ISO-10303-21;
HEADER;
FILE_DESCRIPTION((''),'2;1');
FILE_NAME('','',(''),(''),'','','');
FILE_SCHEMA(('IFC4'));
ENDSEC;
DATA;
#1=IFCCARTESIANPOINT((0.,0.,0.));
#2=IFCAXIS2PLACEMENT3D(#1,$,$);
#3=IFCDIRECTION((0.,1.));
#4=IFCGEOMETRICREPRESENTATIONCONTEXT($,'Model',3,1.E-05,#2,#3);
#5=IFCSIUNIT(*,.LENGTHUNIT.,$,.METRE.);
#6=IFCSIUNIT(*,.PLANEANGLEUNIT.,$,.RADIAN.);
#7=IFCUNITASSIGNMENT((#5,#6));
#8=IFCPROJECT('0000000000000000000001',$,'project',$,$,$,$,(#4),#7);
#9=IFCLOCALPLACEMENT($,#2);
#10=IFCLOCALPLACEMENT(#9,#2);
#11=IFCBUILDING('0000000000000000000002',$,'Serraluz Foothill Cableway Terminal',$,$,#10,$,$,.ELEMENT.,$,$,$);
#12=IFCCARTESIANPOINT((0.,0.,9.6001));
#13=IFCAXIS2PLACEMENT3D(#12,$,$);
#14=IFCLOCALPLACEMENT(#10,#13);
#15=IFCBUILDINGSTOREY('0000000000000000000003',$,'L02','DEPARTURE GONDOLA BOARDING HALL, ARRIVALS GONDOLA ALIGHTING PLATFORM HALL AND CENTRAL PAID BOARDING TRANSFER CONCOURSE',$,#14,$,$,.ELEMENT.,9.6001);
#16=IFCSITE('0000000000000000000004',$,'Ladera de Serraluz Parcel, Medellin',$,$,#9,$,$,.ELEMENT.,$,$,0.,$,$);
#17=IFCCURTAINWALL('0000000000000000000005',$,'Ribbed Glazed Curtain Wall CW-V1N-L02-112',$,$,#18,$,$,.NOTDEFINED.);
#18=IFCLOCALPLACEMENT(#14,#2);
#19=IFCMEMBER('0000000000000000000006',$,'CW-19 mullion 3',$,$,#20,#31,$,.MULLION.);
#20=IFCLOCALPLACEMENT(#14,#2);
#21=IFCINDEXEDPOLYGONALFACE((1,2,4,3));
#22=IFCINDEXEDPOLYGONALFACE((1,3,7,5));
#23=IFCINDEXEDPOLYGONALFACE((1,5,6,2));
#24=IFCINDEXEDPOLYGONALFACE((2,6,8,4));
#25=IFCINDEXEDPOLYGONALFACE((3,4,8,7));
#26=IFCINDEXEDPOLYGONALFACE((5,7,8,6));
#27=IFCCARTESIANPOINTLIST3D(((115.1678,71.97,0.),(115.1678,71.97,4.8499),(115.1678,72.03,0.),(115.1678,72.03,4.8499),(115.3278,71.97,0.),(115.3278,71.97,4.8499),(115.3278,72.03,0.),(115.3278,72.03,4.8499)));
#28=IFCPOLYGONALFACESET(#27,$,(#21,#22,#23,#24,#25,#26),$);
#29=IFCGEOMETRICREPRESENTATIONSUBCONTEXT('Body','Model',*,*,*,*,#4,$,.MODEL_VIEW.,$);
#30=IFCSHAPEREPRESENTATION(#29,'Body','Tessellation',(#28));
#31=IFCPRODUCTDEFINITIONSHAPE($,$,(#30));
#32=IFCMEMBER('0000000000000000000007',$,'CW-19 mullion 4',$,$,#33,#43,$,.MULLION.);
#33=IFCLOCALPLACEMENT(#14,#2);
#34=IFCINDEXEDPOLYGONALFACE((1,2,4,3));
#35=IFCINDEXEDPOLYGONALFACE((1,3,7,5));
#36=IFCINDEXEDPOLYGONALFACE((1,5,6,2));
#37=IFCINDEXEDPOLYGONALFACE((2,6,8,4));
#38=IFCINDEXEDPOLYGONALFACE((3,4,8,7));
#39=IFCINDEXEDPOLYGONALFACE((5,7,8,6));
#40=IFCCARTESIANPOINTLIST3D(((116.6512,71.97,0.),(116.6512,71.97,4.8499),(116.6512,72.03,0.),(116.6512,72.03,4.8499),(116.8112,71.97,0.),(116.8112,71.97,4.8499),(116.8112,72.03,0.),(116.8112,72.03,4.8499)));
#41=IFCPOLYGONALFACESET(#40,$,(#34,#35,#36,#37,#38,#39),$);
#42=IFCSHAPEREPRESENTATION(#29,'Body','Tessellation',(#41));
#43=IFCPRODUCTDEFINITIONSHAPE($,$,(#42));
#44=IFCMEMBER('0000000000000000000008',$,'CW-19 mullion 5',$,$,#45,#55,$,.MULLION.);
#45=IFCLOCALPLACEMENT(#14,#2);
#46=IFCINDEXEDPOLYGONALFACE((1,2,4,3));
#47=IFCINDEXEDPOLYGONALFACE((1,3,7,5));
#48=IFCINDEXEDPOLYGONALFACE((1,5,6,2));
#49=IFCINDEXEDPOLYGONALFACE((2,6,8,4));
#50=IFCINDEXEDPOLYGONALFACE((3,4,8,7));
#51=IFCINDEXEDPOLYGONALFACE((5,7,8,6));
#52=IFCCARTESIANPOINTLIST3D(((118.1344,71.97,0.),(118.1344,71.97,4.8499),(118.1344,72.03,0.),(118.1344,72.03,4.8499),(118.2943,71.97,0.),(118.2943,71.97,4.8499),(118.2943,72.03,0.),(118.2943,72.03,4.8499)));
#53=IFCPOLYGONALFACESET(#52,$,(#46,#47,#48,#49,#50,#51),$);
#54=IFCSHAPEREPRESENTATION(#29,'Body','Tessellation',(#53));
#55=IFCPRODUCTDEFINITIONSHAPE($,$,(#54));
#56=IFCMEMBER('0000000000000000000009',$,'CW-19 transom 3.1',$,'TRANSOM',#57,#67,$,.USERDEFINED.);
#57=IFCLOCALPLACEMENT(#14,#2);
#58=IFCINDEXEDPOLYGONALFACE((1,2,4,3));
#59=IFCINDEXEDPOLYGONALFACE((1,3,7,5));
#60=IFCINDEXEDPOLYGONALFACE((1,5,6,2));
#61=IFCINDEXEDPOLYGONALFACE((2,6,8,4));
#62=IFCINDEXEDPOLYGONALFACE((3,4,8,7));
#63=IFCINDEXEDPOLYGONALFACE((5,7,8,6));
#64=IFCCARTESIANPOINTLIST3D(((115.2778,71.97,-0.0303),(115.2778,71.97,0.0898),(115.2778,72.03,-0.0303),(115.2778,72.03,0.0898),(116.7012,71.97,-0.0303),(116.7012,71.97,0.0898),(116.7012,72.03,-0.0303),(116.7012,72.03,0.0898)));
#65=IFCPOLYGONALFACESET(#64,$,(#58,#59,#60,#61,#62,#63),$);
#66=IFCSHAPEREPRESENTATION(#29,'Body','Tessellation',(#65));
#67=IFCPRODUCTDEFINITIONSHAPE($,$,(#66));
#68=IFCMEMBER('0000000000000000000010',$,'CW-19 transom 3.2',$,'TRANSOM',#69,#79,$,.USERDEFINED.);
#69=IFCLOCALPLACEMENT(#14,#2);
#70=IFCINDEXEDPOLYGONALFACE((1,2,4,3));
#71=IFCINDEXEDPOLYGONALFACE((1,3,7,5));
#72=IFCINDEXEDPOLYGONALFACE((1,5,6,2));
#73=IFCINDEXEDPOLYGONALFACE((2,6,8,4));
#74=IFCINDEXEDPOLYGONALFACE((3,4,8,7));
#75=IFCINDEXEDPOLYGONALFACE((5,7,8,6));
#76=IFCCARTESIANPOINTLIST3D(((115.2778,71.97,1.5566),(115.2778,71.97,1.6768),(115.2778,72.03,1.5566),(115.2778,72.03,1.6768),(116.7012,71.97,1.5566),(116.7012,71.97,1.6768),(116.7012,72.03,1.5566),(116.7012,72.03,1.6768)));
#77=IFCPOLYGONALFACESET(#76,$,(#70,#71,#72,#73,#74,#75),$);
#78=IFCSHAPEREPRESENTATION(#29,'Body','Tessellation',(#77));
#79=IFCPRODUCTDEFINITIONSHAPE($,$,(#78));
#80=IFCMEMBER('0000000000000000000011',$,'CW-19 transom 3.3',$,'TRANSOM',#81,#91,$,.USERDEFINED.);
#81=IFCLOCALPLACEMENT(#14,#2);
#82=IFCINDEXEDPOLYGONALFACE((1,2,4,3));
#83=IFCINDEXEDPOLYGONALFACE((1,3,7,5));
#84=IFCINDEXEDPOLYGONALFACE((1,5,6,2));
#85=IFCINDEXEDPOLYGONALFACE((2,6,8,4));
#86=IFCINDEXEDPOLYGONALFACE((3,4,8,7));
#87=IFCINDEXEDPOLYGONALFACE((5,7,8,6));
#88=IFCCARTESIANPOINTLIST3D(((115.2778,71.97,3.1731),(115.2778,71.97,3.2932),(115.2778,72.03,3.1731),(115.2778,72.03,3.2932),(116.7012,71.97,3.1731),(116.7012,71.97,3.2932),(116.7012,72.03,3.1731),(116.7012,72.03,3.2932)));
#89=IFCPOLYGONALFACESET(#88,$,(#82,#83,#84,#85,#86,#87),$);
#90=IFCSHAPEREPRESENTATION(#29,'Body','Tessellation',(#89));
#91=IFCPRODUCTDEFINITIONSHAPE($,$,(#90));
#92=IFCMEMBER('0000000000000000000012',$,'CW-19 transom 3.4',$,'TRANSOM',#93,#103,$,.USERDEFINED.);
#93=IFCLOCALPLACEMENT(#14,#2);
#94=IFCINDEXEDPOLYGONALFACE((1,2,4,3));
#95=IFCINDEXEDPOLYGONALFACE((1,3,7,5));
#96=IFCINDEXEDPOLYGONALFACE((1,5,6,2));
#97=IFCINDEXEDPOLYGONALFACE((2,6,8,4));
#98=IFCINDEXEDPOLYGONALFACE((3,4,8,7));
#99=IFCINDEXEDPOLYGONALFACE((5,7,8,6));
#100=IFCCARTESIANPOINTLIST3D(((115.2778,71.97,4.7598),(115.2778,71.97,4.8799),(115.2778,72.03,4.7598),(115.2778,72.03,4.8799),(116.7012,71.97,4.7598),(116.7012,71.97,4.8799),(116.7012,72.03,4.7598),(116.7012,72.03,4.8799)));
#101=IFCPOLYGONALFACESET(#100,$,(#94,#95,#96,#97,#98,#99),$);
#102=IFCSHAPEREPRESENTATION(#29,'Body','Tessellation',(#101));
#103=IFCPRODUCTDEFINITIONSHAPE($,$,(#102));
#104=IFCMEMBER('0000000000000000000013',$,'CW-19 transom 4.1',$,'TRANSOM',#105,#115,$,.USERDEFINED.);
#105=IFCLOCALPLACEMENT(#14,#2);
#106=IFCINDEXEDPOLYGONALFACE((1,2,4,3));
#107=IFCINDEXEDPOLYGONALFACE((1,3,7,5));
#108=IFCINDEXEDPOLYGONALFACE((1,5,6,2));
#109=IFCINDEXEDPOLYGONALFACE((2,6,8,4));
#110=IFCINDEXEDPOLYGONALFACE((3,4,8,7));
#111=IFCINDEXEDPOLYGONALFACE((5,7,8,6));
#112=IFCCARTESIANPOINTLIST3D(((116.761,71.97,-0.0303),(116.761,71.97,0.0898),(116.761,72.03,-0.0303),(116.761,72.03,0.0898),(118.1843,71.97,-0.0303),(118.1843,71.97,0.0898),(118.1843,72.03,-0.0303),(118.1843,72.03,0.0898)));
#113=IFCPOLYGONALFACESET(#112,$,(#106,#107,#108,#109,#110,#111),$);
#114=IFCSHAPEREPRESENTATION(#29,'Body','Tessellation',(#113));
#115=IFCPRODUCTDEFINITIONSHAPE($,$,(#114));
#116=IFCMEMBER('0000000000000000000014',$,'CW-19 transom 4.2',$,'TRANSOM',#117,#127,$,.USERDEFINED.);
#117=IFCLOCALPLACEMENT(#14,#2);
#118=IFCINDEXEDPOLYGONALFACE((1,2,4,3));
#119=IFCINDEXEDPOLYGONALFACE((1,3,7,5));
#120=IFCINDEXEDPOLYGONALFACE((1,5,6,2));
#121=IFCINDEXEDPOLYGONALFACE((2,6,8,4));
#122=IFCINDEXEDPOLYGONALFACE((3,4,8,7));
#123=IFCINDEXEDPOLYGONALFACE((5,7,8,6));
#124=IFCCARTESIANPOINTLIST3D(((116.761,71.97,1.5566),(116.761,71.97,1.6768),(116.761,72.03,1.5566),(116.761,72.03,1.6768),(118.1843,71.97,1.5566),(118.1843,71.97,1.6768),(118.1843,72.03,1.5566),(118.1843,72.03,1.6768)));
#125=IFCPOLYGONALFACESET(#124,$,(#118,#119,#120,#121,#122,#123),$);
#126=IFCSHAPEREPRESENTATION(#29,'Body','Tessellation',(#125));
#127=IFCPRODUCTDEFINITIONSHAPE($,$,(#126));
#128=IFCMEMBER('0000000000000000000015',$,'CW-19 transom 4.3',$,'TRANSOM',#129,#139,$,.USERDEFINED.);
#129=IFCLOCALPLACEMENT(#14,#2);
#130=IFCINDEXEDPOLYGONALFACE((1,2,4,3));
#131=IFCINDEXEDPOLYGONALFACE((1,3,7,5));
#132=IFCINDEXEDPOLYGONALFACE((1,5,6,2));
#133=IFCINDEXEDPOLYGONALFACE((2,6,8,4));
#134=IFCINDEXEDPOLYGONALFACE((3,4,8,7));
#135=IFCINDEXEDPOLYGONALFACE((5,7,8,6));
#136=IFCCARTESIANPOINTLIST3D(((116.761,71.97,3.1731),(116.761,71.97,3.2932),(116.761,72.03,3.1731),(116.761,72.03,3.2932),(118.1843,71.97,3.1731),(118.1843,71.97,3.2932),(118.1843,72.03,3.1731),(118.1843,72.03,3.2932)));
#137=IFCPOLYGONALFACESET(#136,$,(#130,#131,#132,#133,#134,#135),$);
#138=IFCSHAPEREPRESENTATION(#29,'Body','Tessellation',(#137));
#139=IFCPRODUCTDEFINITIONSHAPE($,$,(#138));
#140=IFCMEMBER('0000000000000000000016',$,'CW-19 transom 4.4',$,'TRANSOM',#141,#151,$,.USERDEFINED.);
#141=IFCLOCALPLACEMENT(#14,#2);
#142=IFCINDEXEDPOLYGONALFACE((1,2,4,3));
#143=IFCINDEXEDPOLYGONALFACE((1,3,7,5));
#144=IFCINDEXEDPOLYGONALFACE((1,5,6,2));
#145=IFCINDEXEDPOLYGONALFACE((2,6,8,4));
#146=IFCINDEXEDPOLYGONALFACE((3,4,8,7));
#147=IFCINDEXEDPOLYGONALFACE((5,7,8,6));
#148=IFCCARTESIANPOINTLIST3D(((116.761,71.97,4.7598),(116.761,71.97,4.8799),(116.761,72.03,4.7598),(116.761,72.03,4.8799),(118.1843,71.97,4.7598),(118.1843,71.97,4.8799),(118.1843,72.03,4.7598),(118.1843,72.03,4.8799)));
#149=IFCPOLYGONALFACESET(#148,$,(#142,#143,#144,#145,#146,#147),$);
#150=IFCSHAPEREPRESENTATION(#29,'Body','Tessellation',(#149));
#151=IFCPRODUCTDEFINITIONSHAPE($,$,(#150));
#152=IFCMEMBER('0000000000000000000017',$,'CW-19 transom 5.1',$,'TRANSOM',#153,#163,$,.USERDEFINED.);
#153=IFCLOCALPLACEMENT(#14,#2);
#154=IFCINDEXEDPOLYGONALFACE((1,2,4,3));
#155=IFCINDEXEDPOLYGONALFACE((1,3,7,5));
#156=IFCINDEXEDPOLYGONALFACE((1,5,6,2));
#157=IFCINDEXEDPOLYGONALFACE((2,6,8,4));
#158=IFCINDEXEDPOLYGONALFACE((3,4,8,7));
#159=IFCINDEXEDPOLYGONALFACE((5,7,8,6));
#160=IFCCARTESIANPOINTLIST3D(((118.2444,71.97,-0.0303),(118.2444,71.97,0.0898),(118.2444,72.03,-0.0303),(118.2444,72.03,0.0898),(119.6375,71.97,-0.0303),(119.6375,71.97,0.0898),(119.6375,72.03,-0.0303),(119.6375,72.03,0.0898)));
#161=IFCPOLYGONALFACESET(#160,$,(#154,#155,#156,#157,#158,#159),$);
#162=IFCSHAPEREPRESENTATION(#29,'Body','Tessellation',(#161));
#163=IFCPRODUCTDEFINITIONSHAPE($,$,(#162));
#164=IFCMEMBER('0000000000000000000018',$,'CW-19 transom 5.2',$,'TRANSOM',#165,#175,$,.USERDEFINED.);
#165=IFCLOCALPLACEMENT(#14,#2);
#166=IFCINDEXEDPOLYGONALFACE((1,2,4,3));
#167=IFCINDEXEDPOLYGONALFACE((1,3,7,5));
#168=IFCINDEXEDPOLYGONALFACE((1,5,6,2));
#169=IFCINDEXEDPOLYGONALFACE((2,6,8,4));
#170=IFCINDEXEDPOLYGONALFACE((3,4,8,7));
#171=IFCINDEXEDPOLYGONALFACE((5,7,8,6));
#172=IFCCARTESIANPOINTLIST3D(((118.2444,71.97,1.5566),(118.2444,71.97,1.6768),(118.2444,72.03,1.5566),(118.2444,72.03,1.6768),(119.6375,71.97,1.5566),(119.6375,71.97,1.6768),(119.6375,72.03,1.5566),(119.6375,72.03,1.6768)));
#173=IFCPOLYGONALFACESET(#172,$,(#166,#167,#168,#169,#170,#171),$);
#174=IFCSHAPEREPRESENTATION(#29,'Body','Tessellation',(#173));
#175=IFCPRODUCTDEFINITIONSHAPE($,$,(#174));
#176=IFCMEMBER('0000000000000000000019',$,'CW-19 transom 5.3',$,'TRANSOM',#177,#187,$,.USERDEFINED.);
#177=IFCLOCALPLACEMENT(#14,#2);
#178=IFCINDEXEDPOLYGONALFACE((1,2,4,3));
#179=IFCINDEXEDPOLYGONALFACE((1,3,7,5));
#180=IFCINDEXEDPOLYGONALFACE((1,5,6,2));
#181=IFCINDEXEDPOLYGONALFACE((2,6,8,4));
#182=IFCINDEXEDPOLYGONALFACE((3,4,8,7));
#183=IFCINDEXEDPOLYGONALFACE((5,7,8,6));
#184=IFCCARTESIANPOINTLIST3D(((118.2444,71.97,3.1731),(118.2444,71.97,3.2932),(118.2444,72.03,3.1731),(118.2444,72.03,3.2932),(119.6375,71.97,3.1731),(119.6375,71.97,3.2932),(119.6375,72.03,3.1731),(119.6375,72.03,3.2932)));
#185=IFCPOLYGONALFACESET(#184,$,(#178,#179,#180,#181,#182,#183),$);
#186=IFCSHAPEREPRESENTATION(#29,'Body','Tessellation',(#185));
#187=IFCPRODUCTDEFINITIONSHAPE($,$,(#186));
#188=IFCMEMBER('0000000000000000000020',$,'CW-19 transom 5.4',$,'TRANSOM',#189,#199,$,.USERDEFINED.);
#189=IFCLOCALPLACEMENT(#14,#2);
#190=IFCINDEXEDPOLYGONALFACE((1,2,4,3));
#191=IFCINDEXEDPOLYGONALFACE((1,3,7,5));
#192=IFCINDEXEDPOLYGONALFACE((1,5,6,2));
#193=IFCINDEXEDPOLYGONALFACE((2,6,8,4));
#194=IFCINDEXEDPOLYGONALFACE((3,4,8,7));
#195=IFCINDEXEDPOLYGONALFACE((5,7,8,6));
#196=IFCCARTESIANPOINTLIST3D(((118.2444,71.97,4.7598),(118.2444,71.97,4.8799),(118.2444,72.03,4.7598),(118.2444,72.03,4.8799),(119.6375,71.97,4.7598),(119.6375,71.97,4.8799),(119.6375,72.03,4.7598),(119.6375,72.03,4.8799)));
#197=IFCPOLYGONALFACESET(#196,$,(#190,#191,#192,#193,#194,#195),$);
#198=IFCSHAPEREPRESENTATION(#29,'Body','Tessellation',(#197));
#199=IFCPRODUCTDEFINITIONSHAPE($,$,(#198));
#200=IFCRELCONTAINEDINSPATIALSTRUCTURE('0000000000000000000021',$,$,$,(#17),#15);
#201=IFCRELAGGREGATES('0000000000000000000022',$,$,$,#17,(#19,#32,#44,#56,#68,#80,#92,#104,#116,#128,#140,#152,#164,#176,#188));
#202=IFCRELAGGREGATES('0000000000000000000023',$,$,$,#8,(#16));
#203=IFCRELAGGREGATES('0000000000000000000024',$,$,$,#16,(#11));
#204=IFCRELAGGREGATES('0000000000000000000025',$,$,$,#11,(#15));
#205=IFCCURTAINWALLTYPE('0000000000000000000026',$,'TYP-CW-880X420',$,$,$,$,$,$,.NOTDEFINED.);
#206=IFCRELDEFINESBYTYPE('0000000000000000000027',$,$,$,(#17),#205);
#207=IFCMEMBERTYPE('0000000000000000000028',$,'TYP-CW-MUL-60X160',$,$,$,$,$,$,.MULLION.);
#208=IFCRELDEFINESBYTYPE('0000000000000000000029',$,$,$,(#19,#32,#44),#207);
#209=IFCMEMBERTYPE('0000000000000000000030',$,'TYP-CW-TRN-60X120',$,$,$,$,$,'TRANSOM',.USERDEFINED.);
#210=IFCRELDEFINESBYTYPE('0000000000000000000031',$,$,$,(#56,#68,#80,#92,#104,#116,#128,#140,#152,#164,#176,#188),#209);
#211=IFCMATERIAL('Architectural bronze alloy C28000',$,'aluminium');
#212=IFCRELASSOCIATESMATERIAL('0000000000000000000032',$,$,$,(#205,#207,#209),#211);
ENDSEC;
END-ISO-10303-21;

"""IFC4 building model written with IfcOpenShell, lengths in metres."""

from ifc_helpers import new_model, si_unit, direction, frame, origin, origin_2d, place, context, subcontext, project, spatial, rectangle, extrude, material, material_profile, profile_set, type_object, element, aggregate, save


model = new_model("IFC4")

# Units and contexts
model_context = context("Model", 3, precision=1e-05, world=origin(), true_north=direction((0.0, 1.0)))
body_context = subcontext(model_context, "Body", "Model", "MODEL_VIEW")
ifc_project = project(units=[si_unit("LENGTHUNIT", "METRE"), si_unit("PLANEANGLEUNIT", "RADIAN")], contexts=[model_context])

# Site, building, storey
site_placement = place(None, origin())
site = spatial("IfcSite", under=ifc_project, at=site_placement, Name="Ladera de Serraluz Parcel, Medellin", CompositionType="ELEMENT", RefElevation=0.0)
building_placement = place(site_placement, origin())
building = spatial("IfcBuilding", under=site, at=building_placement, Name="Serraluz Foothill Cableway Terminal", CompositionType="ELEMENT")
storey_placement = place(building_placement, frame((0.0, 0.0, 9.6001)))
storey = spatial("IfcBuildingStorey", under=building, at=storey_placement, Name="L02", Description="DEPARTURE GONDOLA BOARDING HALL, ARRIVALS GONDOLA ALIGHTING PLATFORM HALL AND CENTRAL PAID BOARDING TRANSFER CONCOURSE", CompositionType="ELEMENT", Elevation=9.6001)

# Curtain wall, members
ifc_material_1 = material(Name="Architectural bronze alloy C28000", Category="aluminium")
curtain_wall_type = type_object("IfcCurtainWallType", Name="TYP-CW-880X420", PredefinedType="NOTDEFINED", material=ifc_material_1)
curtain_wall_placement = place(storey_placement, origin())
curtain_wall = element("IfcCurtainWall", 1, at=curtain_wall_placement, inside=storey, type_object=curtain_wall_type, Name="Ribbed Glazed Curtain Wall CW-V1N-L02-112", PredefinedType="NOTDEFINED")
ifc_material_profile_1 = material_profile(ifc_material_1, rectangle(XDim=0.0601, YDim=0.1599, at=origin_2d()), Name="ALU MULLION 60x160")
ifc_profile_set_1 = profile_set([ifc_material_profile_1], Name="Architectural bronze alloy C28000")
member_type_1 = type_object("IfcMemberType", Name="TYP-CW-MUL-60X160", PredefinedType="MULLION", material=ifc_profile_set_1)
member_1_placement = place(storey_placement, frame((115.2478, 72.0, 0.0), z_axis=(0.0, 0.0, 1.0), x_axis=(0.0, 1.0, 0.0)))
member_1 = element("IfcMember", 2, at=member_1_placement, type_object=member_type_1, Name="CW-19 mullion 3", PredefinedType="MULLION", context=body_context, shape_type="SweptSolid", body=[
    extrude(rectangle(XDim=0.0601, YDim=0.1599, at=origin_2d()), origin(), (0.0, 0.0, 1.0), 4.8499),
])
member_2_placement = place(storey_placement, frame((116.7312, 72.0, 0.0), z_axis=(0.0, 0.0, 1.0), x_axis=(0.0, 1.0, 0.0)))
member_2 = element("IfcMember", 3, at=member_2_placement, type_object=member_type_1, Name="CW-19 mullion 4", PredefinedType="MULLION", context=body_context, shape_type="SweptSolid", body=[
    extrude(rectangle(XDim=0.0601, YDim=0.1599, at=origin_2d()), origin(), (0.0, 0.0, 1.0), 4.8499),
])
member_3_placement = place(storey_placement, frame((118.2144, 72.0, 0.0), z_axis=(0.0, 0.0, 1.0), x_axis=(0.0, 1.0, 0.0)))
member_3 = element("IfcMember", 4, at=member_3_placement, type_object=member_type_1, Name="CW-19 mullion 5", PredefinedType="MULLION", context=body_context, shape_type="SweptSolid", body=[
    extrude(rectangle(XDim=0.0601, YDim=0.1599, at=origin_2d()), origin(), (0.0, 0.0, 1.0), 4.8499),
])
ifc_material_profile_2 = material_profile(ifc_material_1, rectangle(XDim=0.0601, YDim=0.1201, at=origin_2d()), Name="ALU TRANSOM 60x120")
ifc_profile_set_2 = profile_set([ifc_material_profile_2], Name="Architectural bronze alloy C28000")
member_type_2 = type_object("IfcMemberType", Name="TYP-CW-TRN-60X120", ElementType="TRANSOM", PredefinedType="USERDEFINED", material=ifc_profile_set_2)
member_4_placement = place(storey_placement, frame((115.2778, 72.0, 0.0298), z_axis=(1.0, 0.0, 0.0), x_axis=(0.0, 1.0, 0.0)))
member_4 = element("IfcMember", 5, at=member_4_placement, type_object=member_type_2, Name="CW-19 transom 3.1", ObjectType="TRANSOM", PredefinedType="USERDEFINED", context=body_context, shape_type="SweptSolid", body=[
    extrude(rectangle(XDim=0.0601, YDim=0.1201, at=origin_2d()), origin(), (0.0, 0.0, 1.0), 1.4233),
])
member_5_placement = place(storey_placement, frame((115.2778, 72.0, 1.6167), z_axis=(1.0, 0.0, 0.0), x_axis=(0.0, 1.0, 0.0)))
member_5 = element("IfcMember", 6, at=member_5_placement, type_object=member_type_2, Name="CW-19 transom 3.2", ObjectType="TRANSOM", PredefinedType="USERDEFINED", context=body_context, shape_type="SweptSolid", body=[
    extrude(rectangle(XDim=0.0601, YDim=0.1201, at=origin_2d()), origin(), (0.0, 0.0, 1.0), 1.4233),
])
member_6_placement = place(storey_placement, frame((115.2778, 72.0, 3.2332), z_axis=(1.0, 0.0, 0.0), x_axis=(0.0, 1.0, 0.0)))
member_6 = element("IfcMember", 7, at=member_6_placement, type_object=member_type_2, Name="CW-19 transom 3.3", ObjectType="TRANSOM", PredefinedType="USERDEFINED", context=body_context, shape_type="SweptSolid", body=[
    extrude(rectangle(XDim=0.0601, YDim=0.1201, at=origin_2d()), origin(), (0.0, 0.0, 1.0), 1.4233),
])
member_7_placement = place(storey_placement, frame((115.2778, 72.0, 4.8198), z_axis=(1.0, 0.0, 0.0), x_axis=(0.0, 1.0, 0.0)))
member_7 = element("IfcMember", 8, at=member_7_placement, type_object=member_type_2, Name="CW-19 transom 3.4", ObjectType="TRANSOM", PredefinedType="USERDEFINED", context=body_context, shape_type="SweptSolid", body=[
    extrude(rectangle(XDim=0.0601, YDim=0.1201, at=origin_2d()), origin(), (0.0, 0.0, 1.0), 1.4233),
])
member_8_placement = place(storey_placement, frame((116.761, 72.0, 0.0298), z_axis=(1.0, 0.0, 0.0), x_axis=(0.0, 1.0, 0.0)))
member_8 = element("IfcMember", 9, at=member_8_placement, type_object=member_type_2, Name="CW-19 transom 4.1", ObjectType="TRANSOM", PredefinedType="USERDEFINED", context=body_context, shape_type="SweptSolid", body=[
    extrude(rectangle(XDim=0.0601, YDim=0.1201, at=origin_2d()), origin(), (0.0, 0.0, 1.0), 1.4233),
])
member_9_placement = place(storey_placement, frame((116.761, 72.0, 1.6167), z_axis=(1.0, 0.0, 0.0), x_axis=(0.0, 1.0, 0.0)))
member_9 = element("IfcMember", 10, at=member_9_placement, type_object=member_type_2, Name="CW-19 transom 4.2", ObjectType="TRANSOM", PredefinedType="USERDEFINED", context=body_context, shape_type="SweptSolid", body=[
    extrude(rectangle(XDim=0.0601, YDim=0.1201, at=origin_2d()), origin(), (0.0, 0.0, 1.0), 1.4233),
])
member_10_placement = place(storey_placement, frame((116.761, 72.0, 3.2332), z_axis=(1.0, 0.0, 0.0), x_axis=(0.0, 1.0, 0.0)))
member_10 = element("IfcMember", 11, at=member_10_placement, type_object=member_type_2, Name="CW-19 transom 4.3", ObjectType="TRANSOM", PredefinedType="USERDEFINED", context=body_context, shape_type="SweptSolid", body=[
    extrude(rectangle(XDim=0.0601, YDim=0.1201, at=origin_2d()), origin(), (0.0, 0.0, 1.0), 1.4233),
])
member_11_placement = place(storey_placement, frame((116.761, 72.0, 4.8198), z_axis=(1.0, 0.0, 0.0), x_axis=(0.0, 1.0, 0.0)))
member_11 = element("IfcMember", 12, at=member_11_placement, type_object=member_type_2, Name="CW-19 transom 4.4", ObjectType="TRANSOM", PredefinedType="USERDEFINED", context=body_context, shape_type="SweptSolid", body=[
    extrude(rectangle(XDim=0.0601, YDim=0.1201, at=origin_2d()), origin(), (0.0, 0.0, 1.0), 1.4233),
])
member_12_placement = place(storey_placement, frame((118.2444, 72.0, 0.0298), z_axis=(1.0, 0.0, 0.0), x_axis=(0.0, 1.0, 0.0)))
member_12 = element("IfcMember", 13, at=member_12_placement, type_object=member_type_2, Name="CW-19 transom 5.1", ObjectType="TRANSOM", PredefinedType="USERDEFINED", context=body_context, shape_type="SweptSolid", body=[
    extrude(rectangle(XDim=0.0601, YDim=0.1201, at=origin_2d()), origin(), (0.0, 0.0, 1.0), 1.3931),
])
member_13_placement = place(storey_placement, frame((118.2444, 72.0, 1.6167), z_axis=(1.0, 0.0, 0.0), x_axis=(0.0, 1.0, 0.0)))
member_13 = element("IfcMember", 14, at=member_13_placement, type_object=member_type_2, Name="CW-19 transom 5.2", ObjectType="TRANSOM", PredefinedType="USERDEFINED", context=body_context, shape_type="SweptSolid", body=[
    extrude(rectangle(XDim=0.0601, YDim=0.1201, at=origin_2d()), origin(), (0.0, 0.0, 1.0), 1.3931),
])
member_14_placement = place(storey_placement, frame((118.2444, 72.0, 3.2332), z_axis=(1.0, 0.0, 0.0), x_axis=(0.0, 1.0, 0.0)))
member_14 = element("IfcMember", 15, at=member_14_placement, type_object=member_type_2, Name="CW-19 transom 5.3", ObjectType="TRANSOM", PredefinedType="USERDEFINED", context=body_context, shape_type="SweptSolid", body=[
    extrude(rectangle(XDim=0.0601, YDim=0.1201, at=origin_2d()), origin(), (0.0, 0.0, 1.0), 1.3931),
])
member_15_placement = place(storey_placement, frame((118.2444, 72.0, 4.8198), z_axis=(1.0, 0.0, 0.0), x_axis=(0.0, 1.0, 0.0)))
member_15 = element("IfcMember", 16, at=member_15_placement, type_object=member_type_2, Name="CW-19 transom 5.4", ObjectType="TRANSOM", PredefinedType="USERDEFINED", context=body_context, shape_type="SweptSolid", body=[
    extrude(rectangle(XDim=0.0601, YDim=0.1201, at=origin_2d()), origin(), (0.0, 0.0, 1.0), 1.3931),
])
aggregate(curtain_wall, [member_1, member_2, member_3, member_4, member_5, member_6, member_7, member_8, member_9, member_10, member_11, member_12, member_13, member_14, member_15])

save(model, "model.ifc")
